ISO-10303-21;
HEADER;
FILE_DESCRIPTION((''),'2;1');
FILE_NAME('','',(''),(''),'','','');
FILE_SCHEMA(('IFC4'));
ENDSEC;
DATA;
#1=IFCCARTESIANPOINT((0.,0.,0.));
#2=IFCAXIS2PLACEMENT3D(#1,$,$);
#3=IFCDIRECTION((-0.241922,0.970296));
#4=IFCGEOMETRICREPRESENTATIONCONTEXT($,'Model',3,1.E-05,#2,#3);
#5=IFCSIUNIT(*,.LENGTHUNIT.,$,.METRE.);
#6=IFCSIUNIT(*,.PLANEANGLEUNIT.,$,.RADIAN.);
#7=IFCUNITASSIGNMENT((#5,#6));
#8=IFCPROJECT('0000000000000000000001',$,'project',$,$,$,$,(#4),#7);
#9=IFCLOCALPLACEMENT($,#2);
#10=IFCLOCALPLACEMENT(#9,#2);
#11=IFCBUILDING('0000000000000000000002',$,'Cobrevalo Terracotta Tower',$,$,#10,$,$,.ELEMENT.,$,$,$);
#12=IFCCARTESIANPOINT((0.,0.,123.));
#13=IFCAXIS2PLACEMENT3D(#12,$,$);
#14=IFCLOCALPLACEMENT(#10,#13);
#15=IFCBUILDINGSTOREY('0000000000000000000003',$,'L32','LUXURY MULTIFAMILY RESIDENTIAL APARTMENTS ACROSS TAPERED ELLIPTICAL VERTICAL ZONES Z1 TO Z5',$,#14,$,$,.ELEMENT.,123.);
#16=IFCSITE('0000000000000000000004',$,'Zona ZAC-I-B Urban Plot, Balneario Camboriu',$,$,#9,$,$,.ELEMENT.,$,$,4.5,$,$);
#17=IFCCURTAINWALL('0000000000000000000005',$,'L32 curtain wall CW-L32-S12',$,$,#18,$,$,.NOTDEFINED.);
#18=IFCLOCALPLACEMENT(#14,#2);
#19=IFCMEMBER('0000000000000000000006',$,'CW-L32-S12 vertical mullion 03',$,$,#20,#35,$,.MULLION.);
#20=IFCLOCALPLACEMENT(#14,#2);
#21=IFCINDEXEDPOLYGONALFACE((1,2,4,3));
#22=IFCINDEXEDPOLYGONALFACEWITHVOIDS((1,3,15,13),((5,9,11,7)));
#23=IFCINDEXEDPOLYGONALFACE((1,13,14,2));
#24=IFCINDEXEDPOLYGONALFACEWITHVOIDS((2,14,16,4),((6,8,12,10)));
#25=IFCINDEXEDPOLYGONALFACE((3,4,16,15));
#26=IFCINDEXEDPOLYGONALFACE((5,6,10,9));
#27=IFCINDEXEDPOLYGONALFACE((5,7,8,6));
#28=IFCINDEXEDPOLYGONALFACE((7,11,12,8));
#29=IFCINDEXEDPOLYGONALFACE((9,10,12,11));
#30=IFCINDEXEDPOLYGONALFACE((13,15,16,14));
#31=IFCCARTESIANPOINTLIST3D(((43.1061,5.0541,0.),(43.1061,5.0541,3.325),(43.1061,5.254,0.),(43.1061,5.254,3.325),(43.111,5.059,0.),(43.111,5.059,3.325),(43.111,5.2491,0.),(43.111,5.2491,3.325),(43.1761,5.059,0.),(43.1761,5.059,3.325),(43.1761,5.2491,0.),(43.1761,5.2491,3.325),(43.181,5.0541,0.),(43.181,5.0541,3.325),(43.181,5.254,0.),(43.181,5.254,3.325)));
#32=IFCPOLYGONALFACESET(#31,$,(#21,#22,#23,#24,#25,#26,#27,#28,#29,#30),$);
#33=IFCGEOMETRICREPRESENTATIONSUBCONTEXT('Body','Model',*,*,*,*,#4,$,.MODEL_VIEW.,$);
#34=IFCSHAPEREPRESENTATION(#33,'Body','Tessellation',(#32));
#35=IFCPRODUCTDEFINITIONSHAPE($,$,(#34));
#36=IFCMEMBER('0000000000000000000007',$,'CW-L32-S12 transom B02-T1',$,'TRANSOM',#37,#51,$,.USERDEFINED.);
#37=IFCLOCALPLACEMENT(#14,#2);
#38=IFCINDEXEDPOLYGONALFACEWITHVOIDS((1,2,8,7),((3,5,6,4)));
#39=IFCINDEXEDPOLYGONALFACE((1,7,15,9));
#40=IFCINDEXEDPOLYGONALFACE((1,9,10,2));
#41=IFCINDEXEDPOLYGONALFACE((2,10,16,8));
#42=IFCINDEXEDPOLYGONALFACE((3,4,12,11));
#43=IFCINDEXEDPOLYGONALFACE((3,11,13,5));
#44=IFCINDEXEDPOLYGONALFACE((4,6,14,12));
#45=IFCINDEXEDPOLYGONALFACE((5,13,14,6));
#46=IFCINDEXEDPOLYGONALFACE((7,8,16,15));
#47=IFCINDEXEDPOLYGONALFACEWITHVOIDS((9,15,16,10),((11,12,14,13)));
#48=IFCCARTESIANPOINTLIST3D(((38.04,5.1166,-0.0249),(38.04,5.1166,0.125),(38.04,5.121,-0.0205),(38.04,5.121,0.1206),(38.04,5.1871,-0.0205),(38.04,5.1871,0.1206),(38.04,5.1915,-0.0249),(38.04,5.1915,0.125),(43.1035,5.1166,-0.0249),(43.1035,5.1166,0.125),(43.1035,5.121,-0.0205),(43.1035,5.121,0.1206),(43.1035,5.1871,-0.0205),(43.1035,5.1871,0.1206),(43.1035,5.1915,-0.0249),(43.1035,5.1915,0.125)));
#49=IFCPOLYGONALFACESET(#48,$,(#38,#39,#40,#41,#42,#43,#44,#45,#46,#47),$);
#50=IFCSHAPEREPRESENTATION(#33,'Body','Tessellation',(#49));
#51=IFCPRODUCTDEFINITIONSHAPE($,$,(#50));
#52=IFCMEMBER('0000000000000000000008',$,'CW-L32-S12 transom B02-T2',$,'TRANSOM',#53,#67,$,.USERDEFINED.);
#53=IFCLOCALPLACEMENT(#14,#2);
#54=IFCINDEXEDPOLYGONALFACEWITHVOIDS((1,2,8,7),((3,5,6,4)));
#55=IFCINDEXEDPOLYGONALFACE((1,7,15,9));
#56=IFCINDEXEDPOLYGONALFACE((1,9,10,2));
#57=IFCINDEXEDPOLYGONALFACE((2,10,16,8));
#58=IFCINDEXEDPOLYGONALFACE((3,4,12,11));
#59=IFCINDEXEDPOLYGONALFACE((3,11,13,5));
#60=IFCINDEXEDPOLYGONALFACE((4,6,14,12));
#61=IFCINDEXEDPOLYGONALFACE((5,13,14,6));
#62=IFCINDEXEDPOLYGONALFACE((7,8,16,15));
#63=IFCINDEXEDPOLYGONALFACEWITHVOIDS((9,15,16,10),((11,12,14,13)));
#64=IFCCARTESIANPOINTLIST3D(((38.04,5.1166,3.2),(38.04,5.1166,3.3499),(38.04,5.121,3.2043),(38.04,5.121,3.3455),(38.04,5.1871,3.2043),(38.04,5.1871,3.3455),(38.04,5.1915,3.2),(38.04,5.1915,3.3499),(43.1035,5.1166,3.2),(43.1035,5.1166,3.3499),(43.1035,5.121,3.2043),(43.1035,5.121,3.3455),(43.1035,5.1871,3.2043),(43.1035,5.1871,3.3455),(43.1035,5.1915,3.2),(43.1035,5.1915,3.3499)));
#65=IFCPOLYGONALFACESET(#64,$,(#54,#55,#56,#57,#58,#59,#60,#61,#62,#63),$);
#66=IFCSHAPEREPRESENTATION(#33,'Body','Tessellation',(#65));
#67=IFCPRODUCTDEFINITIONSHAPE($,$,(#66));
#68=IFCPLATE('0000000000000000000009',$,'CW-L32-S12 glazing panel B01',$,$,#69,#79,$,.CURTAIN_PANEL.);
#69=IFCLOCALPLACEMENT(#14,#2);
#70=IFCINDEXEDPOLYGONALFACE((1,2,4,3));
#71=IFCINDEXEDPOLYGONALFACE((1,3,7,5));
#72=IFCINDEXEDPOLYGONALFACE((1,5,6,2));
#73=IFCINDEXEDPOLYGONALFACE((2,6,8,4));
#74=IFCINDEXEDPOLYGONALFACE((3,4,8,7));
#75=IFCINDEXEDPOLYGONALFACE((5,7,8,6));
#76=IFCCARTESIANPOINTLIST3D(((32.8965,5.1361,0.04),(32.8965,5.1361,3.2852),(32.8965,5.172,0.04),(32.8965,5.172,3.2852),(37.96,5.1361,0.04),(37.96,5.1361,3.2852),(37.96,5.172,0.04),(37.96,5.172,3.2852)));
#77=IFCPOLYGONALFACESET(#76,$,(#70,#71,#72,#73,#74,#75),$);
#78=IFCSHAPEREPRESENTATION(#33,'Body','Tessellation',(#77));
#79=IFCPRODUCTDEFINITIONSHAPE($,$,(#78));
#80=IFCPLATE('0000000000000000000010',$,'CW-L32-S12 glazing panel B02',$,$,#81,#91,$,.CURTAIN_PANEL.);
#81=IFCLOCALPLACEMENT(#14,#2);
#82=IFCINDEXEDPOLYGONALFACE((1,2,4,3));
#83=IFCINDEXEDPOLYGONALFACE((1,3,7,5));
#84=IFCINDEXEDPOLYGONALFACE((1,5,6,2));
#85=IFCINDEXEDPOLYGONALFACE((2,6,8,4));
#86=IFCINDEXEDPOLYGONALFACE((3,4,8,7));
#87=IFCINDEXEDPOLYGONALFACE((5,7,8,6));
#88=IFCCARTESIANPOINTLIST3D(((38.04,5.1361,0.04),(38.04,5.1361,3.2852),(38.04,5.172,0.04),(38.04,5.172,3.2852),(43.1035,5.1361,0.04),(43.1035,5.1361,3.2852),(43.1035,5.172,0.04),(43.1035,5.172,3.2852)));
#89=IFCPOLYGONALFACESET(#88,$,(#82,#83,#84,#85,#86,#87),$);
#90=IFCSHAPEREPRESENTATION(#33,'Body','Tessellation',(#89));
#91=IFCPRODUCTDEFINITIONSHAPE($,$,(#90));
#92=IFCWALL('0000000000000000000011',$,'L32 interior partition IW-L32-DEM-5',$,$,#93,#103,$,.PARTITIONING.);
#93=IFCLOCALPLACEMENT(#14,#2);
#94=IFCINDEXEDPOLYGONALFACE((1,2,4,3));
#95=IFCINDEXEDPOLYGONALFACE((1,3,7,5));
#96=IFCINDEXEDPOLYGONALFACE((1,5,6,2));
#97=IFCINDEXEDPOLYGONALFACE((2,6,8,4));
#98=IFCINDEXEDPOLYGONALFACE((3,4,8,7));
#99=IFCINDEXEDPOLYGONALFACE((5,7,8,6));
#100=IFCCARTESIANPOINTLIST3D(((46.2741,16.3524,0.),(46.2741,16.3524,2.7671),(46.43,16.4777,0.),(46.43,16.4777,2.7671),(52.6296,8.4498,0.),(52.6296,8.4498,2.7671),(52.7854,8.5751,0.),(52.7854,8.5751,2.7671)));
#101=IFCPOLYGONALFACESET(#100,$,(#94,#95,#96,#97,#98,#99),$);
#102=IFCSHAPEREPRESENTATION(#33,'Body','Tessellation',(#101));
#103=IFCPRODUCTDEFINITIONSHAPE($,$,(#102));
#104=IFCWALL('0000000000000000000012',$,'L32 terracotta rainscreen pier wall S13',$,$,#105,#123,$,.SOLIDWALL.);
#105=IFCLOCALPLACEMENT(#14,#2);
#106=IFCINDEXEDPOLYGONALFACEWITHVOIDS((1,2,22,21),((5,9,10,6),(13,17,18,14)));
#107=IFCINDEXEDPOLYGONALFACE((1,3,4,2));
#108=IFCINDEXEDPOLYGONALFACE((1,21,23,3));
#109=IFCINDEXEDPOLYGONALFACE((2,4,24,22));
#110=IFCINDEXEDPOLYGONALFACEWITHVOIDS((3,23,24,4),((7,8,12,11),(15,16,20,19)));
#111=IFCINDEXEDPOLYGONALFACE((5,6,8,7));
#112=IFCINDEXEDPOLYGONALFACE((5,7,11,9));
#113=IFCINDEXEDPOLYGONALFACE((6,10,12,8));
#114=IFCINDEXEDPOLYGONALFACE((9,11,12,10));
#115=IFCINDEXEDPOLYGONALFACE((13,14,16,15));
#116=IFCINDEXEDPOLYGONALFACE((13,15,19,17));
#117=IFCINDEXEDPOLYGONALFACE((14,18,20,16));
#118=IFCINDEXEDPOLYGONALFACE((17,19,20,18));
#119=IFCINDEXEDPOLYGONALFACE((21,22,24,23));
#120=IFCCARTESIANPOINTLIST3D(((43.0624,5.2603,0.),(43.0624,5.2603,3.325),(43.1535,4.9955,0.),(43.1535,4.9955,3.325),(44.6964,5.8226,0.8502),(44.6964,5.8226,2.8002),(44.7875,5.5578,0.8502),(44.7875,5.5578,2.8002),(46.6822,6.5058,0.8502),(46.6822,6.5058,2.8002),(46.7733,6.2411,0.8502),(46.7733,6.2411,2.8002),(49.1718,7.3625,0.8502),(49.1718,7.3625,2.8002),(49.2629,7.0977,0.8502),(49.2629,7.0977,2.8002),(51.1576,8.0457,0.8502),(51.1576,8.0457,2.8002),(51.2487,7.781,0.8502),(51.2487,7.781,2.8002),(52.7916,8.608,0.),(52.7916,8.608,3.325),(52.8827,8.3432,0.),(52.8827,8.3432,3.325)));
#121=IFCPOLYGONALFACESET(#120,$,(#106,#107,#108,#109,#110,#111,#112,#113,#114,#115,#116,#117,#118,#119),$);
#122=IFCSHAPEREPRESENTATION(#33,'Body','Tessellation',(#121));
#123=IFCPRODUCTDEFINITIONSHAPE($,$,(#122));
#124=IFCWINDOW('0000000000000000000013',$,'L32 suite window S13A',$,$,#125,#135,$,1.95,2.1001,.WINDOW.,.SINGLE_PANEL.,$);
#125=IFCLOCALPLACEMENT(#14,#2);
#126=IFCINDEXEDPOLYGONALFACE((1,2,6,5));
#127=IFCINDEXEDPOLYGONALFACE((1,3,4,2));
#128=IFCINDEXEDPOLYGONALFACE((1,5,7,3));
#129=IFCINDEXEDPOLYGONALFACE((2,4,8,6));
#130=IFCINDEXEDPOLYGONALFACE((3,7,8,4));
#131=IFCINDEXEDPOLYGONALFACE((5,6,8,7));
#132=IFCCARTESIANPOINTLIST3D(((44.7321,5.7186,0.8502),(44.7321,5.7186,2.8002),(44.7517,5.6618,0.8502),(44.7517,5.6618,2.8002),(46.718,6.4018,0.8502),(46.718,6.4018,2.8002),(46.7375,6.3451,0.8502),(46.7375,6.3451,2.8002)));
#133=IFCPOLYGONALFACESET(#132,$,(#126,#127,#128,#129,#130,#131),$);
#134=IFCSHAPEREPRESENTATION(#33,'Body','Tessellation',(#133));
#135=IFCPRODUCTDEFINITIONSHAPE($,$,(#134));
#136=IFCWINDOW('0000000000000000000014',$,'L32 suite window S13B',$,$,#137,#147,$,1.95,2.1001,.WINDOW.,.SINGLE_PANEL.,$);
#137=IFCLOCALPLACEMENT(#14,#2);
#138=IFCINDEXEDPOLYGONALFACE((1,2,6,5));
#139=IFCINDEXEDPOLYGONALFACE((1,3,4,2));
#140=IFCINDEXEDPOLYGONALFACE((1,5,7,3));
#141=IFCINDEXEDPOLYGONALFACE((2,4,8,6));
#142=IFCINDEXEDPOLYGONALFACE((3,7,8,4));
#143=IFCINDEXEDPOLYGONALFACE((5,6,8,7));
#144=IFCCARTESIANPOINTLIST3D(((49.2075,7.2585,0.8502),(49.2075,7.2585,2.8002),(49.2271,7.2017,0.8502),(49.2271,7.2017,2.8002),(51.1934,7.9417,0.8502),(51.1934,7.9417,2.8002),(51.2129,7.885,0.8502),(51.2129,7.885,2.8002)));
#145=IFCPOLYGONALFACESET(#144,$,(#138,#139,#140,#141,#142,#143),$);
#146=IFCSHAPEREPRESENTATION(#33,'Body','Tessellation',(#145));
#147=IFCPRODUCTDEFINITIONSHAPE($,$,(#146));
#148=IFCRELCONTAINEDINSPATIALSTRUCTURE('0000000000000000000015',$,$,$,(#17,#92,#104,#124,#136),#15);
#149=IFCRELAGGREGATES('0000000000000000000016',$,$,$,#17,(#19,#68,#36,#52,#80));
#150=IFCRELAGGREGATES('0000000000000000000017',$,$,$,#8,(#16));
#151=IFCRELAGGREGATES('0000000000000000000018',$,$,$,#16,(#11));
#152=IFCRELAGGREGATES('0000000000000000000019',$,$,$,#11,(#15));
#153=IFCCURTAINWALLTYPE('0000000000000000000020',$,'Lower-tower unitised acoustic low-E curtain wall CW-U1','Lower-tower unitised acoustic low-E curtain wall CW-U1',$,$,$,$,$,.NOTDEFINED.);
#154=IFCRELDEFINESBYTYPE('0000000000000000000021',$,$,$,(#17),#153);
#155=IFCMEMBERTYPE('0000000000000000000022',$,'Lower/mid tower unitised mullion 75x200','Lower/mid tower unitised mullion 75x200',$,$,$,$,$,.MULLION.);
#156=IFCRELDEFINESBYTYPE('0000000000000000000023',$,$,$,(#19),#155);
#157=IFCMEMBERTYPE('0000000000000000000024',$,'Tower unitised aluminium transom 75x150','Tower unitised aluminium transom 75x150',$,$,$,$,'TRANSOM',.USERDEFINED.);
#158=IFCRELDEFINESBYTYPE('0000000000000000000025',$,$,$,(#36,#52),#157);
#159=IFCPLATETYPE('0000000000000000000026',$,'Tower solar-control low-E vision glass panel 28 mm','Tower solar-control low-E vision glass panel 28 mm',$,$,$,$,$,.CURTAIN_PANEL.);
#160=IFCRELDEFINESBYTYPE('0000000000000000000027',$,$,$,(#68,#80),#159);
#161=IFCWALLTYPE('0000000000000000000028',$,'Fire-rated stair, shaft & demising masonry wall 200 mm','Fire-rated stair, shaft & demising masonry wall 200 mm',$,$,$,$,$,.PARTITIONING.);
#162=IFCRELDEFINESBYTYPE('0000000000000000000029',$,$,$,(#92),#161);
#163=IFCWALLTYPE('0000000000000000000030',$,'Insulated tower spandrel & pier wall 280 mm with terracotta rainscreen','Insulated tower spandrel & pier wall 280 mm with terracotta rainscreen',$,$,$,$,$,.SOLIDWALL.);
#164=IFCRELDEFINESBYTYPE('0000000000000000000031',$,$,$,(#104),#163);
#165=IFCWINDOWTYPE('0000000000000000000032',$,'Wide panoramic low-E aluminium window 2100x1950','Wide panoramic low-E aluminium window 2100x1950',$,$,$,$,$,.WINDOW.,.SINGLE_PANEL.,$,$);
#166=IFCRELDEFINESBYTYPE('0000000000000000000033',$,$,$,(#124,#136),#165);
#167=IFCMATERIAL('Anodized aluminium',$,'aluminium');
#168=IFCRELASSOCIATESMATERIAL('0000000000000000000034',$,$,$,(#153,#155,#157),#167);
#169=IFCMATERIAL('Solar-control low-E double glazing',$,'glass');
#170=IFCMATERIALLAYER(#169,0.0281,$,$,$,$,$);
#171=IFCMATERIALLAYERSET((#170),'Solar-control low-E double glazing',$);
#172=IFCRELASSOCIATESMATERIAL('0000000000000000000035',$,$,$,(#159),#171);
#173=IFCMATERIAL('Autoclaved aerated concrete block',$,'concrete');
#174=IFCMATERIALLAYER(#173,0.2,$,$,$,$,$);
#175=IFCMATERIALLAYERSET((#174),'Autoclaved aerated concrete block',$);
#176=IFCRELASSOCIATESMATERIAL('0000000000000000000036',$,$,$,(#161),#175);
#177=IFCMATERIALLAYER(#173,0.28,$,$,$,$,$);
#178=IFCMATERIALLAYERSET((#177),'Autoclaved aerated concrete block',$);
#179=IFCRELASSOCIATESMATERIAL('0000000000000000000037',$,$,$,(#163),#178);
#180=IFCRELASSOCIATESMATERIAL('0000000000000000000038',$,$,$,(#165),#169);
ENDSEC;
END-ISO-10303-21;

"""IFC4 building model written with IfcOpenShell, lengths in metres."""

from ifc_helpers import new_model, si_unit, direction, frame, frame_2d, origin, origin_2d, place, context, subcontext, project, spatial, rectangle, hollow_rectangle, extrude, source, transform, mapped, material, layer, layer_set, material_profile, profile_set, type_object, element, fill, aggregate, save


model = new_model("IFC4")

# Units and contexts
model_context = context("Model", 3, precision=1e-05, world=origin(), true_north=direction((-0.241922, 0.970296)))
body_context = subcontext(model_context, "Body", "Model", "MODEL_VIEW")
ifc_project = project(units=[si_unit("LENGTHUNIT", "METRE"), si_unit("PLANEANGLEUNIT", "RADIAN")], contexts=[model_context])

# Site, building, storey
site_placement = place(None, origin())
site = spatial("IfcSite", under=ifc_project, at=site_placement, Name="Zona ZAC-I-B Urban Plot, Balneario Camboriu", CompositionType="ELEMENT", RefElevation=4.5)
building_placement = place(site_placement, origin())
building = spatial("IfcBuilding", under=site, at=building_placement, Name="Cobrevalo Terracotta Tower", CompositionType="ELEMENT")
storey_placement = place(building_placement, frame((0.0, 0.0, 123.0)))
storey = spatial("IfcBuildingStorey", under=building, at=storey_placement, Name="L32", Description="LUXURY MULTIFAMILY RESIDENTIAL APARTMENTS ACROSS TAPERED ELLIPTICAL VERTICAL ZONES Z1 TO Z5", CompositionType="ELEMENT", Elevation=123.0)

# Curtain wall, members, plates
ifc_material_1 = material(Name="Anodized aluminium", Category="aluminium")
curtain_wall_type = type_object("IfcCurtainWallType", Name="Lower-tower unitised acoustic low-E curtain wall CW-U1", Description="Lower-tower unitised acoustic low-E curtain wall CW-U1", PredefinedType="NOTDEFINED", material=ifc_material_1)
curtain_wall_placement = place(storey_placement, origin())
curtain_wall = element("IfcCurtainWall", 1, at=curtain_wall_placement, inside=storey, type_object=curtain_wall_type, Name="L32 curtain wall CW-L32-S12", PredefinedType="NOTDEFINED")
ifc_material_profile_1 = material_profile(ifc_material_1, hollow_rectangle(XDim=0.075, YDim=0.2, WallThickness=0.0049, at=origin_2d()), Name="CWM 75x200")
ifc_profile_set_1 = profile_set([ifc_material_profile_1], Name="Anodized aluminium")
member_type_1 = type_object("IfcMemberType", Name="Lower/mid tower unitised mullion 75x200", Description="Lower/mid tower unitised mullion 75x200", PredefinedType="MULLION", material=ifc_profile_set_1)
shared_shape_1 = source(origin(), body_context, "Body", "SweptSolid", [
    extrude(hollow_rectangle(XDim=0.075, YDim=0.2, WallThickness=0.0049, at=origin_2d()), origin(), (0.0, 0.0, 1.0), 3.325),
])
member_1_placement = place(storey_placement, frame((43.1436, 5.1541, 0.0), z_axis=(0.0, 0.0, 1.0), x_axis=(1.0, 0.0, 0.0)))
member_1 = element("IfcMember", 2, at=member_1_placement, type_object=member_type_1, Name="CW-L32-S12 vertical mullion 03", PredefinedType="MULLION", context=body_context, shape_type="MappedRepresentation", body=[
    mapped(shared_shape_1, transform((0.0, 0.0, 0.0), scale=1.0)),
])
ifc_material_profile_2 = material_profile(ifc_material_1, hollow_rectangle(XDim=0.075, YDim=0.1499, WallThickness=0.0044, at=origin_2d()), Name="CWT 75x150")
ifc_profile_set_2 = profile_set([ifc_material_profile_2], Name="Anodized aluminium")
member_type_2 = type_object("IfcMemberType", Name="Tower unitised aluminium transom 75x150", Description="Tower unitised aluminium transom 75x150", ElementType="TRANSOM", PredefinedType="USERDEFINED", material=ifc_profile_set_2)
shared_shape_2 = source(origin(), body_context, "Body", "SweptSolid", [
    extrude(hollow_rectangle(XDim=0.075, YDim=0.1499, WallThickness=0.0044, at=origin_2d()), origin(), (0.0, 0.0, 1.0), 5.0635),
])
member_2_placement = place(storey_placement, frame((38.04, 5.1541, 0.05), z_axis=(1.0, 0.0, 0.0), x_axis=(0.0, 1.0, 0.0)))
member_2 = element("IfcMember", 3, at=member_2_placement, type_object=member_type_2, Name="CW-L32-S12 transom B02-T1", ObjectType="TRANSOM", PredefinedType="USERDEFINED", context=body_context, shape_type="MappedRepresentation", body=[
    mapped(shared_shape_2, transform((0.0, 0.0, 0.0), scale=1.0)),
])
member_3_placement = place(storey_placement, frame((38.04, 5.1541, 3.2749), z_axis=(1.0, 0.0, 0.0), x_axis=(0.0, 1.0, 0.0)))
member_3 = element("IfcMember", 4, at=member_3_placement, type_object=member_type_2, Name="CW-L32-S12 transom B02-T2", ObjectType="TRANSOM", PredefinedType="USERDEFINED", context=body_context, shape_type="MappedRepresentation", body=[
    mapped(shared_shape_2, transform((0.0, 0.0, 0.0), scale=1.0)),
])
ifc_material_2 = material(Name="Solar-control low-E double glazing", Category="glass")
ifc_layer_1 = layer(ifc_material_2, 0.0281)
ifc_layer_set_1 = layer_set([ifc_layer_1], Name="Solar-control low-E double glazing")
plate_type = type_object("IfcPlateType", Name="Tower solar-control low-E vision glass panel 28 mm", Description="Tower solar-control low-E vision glass panel 28 mm", PredefinedType="CURTAIN_PANEL", material=ifc_layer_set_1)
shared_shape_3 = source(origin(), body_context, "Body", "SweptSolid", [
    extrude(rectangle(XDim=5.0635, YDim=0.0359, at=origin_2d()), origin(), (0.0, 0.0, 1.0), 3.2451),
])
plate_1_placement = place(storey_placement, frame((35.4282, 5.1541, 0.04), z_axis=(0.0, 0.0, 1.0), x_axis=(1.0, 0.0, 0.0)))
plate_1 = element("IfcPlate", 5, at=plate_1_placement, type_object=plate_type, Name="CW-L32-S12 glazing panel B01", PredefinedType="CURTAIN_PANEL", context=body_context, shape_type="MappedRepresentation", body=[
    mapped(shared_shape_3, transform((0.0, 0.0, 0.0), scale=1.0)),
])
plate_2_placement = place(storey_placement, frame((40.5718, 5.1541, 0.04), z_axis=(0.0, 0.0, 1.0), x_axis=(1.0, 0.0, 0.0)))
plate_2 = element("IfcPlate", 6, at=plate_2_placement, type_object=plate_type, Name="CW-L32-S12 glazing panel B02", PredefinedType="CURTAIN_PANEL", context=body_context, shape_type="MappedRepresentation", body=[
    mapped(shared_shape_3, transform((0.0, 0.0, 0.0), scale=1.0)),
])
aggregate(curtain_wall, [member_1, plate_1, member_2, member_3, plate_2])

# Wall
ifc_material_3 = material(Name="Autoclaved aerated concrete block", Category="concrete")
ifc_layer_2 = layer(ifc_material_3, 0.2)
ifc_layer_set_2 = layer_set([ifc_layer_2], Name="Autoclaved aerated concrete block")
wall_type_1 = type_object("IfcWallType", Name="Fire-rated stair, shaft & demising masonry wall 200 mm", Description="Fire-rated stair, shaft & demising masonry wall 200 mm", PredefinedType="PARTITIONING", material=ifc_layer_set_2)
wall_1_placement = place(storey_placement, frame((46.3521, 16.415, 0.0), z_axis=(0.0, 0.0, 1.0), x_axis=(0.626701, -0.77926, 0.0)))
element("IfcWall", 7, at=wall_1_placement, inside=storey, type_object=wall_type_1, Name="L32 interior partition IW-L32-DEM-5", PredefinedType="PARTITIONING", context=body_context, shape_type="SweptSolid", body=[
    extrude(rectangle(XDim=10.1411, YDim=0.2, at=frame_2d((5.0706, 0.0))), origin(), (0.0, 0.0, 1.0), 2.7671),
])

# Wall, openings, windows
ifc_layer_3 = layer(ifc_material_3, 0.28)
ifc_layer_set_3 = layer_set([ifc_layer_3], Name="Autoclaved aerated concrete block")
wall_type_2 = type_object("IfcWallType", Name="Insulated tower spandrel & pier wall 280 mm with terracotta rainscreen", Description="Insulated tower spandrel & pier wall 280 mm with terracotta rainscreen", PredefinedType="SOLIDWALL", material=ifc_layer_set_3)
wall_2_placement = place(storey_placement, frame((43.1079, 5.1279, 0.0), z_axis=(0.0, 0.0, 1.0), x_axis=(0.94559, 0.32536, 0.0)))
wall_2 = element("IfcWall", 8, at=wall_2_placement, inside=storey, type_object=wall_type_2, Name="L32 terracotta rainscreen pier wall S13", PredefinedType="SOLIDWALL", context=body_context, shape_type="SweptSolid", body=[
    extrude(rectangle(XDim=10.2891, YDim=0.28, at=frame_2d((5.1445, 0.0))), origin(), (0.0, 0.0, 1.0), 3.325),
])
opening_1_placement = place(wall_2_placement, frame((1.728, 0.0, 0.8501)))
opening_1 = element("IfcOpeningElement", 9, at=opening_1_placement, cuts=wall_2, PredefinedType="OPENING", context=body_context, shape_type="SweptSolid", body=[
    extrude(rectangle(XDim=2.1001, YDim=1.95, at=frame_2d((1.05, 0.9751))), frame((0.0, 0.1499, 0.0), z_axis=(0.0, -1.0, 0.0), x_axis=(1.0, 0.0, 0.0)), (0.0, 0.0, 1.0), 0.3),
])
opening_2_placement = place(wall_2_placement, frame((6.4609, 0.0, 0.8501)))
opening_2 = element("IfcOpeningElement", 10, at=opening_2_placement, cuts=wall_2, PredefinedType="OPENING", context=body_context, shape_type="SweptSolid", body=[
    extrude(rectangle(XDim=2.1001, YDim=1.95, at=frame_2d((1.05, 0.9751))), frame((0.0, 0.1499, 0.0), z_axis=(0.0, -1.0, 0.0), x_axis=(1.0, 0.0, 0.0)), (0.0, 0.0, 1.0), 0.3),
])
window_type = type_object("IfcWindowType", Name="Wide panoramic low-E aluminium window 2100x1950", Description="Wide panoramic low-E aluminium window 2100x1950", PartitioningType="SINGLE_PANEL", PredefinedType="WINDOW", material=ifc_material_2)
shared_shape_4 = source(origin(), body_context, "Body", "SweptSolid", [
    extrude(rectangle(XDim=2.1001, YDim=1.95, at=frame_2d((1.05, 0.9751))), frame((0.0, 0.03, 0.0), z_axis=(0.0, -1.0, 0.0), x_axis=(1.0, 0.0, 0.0)), (0.0, 0.0, 1.0), 0.0601),
])
window_1_placement = place(opening_1_placement, origin())
window_1 = element("IfcWindow", 11, at=window_1_placement, inside=storey, type_object=window_type, Name="L32 suite window S13A", OverallHeight=1.95, OverallWidth=2.1001, PartitioningType="SINGLE_PANEL", PredefinedType="WINDOW", context=body_context, shape_type="MappedRepresentation", body=[
    mapped(shared_shape_4, transform((0.0, 0.0, 0.0), scale=1.0)),
])
fill(opening_1, window_1)
window_2_placement = place(opening_2_placement, origin())
window_2 = element("IfcWindow", 12, at=window_2_placement, inside=storey, type_object=window_type, Name="L32 suite window S13B", OverallHeight=1.95, OverallWidth=2.1001, PartitioningType="SINGLE_PANEL", PredefinedType="WINDOW", context=body_context, shape_type="MappedRepresentation", body=[
    mapped(shared_shape_4, transform((0.0, 0.0, 0.0), scale=1.0)),
])
fill(opening_2, window_2)

save(model, "model.ifc")
